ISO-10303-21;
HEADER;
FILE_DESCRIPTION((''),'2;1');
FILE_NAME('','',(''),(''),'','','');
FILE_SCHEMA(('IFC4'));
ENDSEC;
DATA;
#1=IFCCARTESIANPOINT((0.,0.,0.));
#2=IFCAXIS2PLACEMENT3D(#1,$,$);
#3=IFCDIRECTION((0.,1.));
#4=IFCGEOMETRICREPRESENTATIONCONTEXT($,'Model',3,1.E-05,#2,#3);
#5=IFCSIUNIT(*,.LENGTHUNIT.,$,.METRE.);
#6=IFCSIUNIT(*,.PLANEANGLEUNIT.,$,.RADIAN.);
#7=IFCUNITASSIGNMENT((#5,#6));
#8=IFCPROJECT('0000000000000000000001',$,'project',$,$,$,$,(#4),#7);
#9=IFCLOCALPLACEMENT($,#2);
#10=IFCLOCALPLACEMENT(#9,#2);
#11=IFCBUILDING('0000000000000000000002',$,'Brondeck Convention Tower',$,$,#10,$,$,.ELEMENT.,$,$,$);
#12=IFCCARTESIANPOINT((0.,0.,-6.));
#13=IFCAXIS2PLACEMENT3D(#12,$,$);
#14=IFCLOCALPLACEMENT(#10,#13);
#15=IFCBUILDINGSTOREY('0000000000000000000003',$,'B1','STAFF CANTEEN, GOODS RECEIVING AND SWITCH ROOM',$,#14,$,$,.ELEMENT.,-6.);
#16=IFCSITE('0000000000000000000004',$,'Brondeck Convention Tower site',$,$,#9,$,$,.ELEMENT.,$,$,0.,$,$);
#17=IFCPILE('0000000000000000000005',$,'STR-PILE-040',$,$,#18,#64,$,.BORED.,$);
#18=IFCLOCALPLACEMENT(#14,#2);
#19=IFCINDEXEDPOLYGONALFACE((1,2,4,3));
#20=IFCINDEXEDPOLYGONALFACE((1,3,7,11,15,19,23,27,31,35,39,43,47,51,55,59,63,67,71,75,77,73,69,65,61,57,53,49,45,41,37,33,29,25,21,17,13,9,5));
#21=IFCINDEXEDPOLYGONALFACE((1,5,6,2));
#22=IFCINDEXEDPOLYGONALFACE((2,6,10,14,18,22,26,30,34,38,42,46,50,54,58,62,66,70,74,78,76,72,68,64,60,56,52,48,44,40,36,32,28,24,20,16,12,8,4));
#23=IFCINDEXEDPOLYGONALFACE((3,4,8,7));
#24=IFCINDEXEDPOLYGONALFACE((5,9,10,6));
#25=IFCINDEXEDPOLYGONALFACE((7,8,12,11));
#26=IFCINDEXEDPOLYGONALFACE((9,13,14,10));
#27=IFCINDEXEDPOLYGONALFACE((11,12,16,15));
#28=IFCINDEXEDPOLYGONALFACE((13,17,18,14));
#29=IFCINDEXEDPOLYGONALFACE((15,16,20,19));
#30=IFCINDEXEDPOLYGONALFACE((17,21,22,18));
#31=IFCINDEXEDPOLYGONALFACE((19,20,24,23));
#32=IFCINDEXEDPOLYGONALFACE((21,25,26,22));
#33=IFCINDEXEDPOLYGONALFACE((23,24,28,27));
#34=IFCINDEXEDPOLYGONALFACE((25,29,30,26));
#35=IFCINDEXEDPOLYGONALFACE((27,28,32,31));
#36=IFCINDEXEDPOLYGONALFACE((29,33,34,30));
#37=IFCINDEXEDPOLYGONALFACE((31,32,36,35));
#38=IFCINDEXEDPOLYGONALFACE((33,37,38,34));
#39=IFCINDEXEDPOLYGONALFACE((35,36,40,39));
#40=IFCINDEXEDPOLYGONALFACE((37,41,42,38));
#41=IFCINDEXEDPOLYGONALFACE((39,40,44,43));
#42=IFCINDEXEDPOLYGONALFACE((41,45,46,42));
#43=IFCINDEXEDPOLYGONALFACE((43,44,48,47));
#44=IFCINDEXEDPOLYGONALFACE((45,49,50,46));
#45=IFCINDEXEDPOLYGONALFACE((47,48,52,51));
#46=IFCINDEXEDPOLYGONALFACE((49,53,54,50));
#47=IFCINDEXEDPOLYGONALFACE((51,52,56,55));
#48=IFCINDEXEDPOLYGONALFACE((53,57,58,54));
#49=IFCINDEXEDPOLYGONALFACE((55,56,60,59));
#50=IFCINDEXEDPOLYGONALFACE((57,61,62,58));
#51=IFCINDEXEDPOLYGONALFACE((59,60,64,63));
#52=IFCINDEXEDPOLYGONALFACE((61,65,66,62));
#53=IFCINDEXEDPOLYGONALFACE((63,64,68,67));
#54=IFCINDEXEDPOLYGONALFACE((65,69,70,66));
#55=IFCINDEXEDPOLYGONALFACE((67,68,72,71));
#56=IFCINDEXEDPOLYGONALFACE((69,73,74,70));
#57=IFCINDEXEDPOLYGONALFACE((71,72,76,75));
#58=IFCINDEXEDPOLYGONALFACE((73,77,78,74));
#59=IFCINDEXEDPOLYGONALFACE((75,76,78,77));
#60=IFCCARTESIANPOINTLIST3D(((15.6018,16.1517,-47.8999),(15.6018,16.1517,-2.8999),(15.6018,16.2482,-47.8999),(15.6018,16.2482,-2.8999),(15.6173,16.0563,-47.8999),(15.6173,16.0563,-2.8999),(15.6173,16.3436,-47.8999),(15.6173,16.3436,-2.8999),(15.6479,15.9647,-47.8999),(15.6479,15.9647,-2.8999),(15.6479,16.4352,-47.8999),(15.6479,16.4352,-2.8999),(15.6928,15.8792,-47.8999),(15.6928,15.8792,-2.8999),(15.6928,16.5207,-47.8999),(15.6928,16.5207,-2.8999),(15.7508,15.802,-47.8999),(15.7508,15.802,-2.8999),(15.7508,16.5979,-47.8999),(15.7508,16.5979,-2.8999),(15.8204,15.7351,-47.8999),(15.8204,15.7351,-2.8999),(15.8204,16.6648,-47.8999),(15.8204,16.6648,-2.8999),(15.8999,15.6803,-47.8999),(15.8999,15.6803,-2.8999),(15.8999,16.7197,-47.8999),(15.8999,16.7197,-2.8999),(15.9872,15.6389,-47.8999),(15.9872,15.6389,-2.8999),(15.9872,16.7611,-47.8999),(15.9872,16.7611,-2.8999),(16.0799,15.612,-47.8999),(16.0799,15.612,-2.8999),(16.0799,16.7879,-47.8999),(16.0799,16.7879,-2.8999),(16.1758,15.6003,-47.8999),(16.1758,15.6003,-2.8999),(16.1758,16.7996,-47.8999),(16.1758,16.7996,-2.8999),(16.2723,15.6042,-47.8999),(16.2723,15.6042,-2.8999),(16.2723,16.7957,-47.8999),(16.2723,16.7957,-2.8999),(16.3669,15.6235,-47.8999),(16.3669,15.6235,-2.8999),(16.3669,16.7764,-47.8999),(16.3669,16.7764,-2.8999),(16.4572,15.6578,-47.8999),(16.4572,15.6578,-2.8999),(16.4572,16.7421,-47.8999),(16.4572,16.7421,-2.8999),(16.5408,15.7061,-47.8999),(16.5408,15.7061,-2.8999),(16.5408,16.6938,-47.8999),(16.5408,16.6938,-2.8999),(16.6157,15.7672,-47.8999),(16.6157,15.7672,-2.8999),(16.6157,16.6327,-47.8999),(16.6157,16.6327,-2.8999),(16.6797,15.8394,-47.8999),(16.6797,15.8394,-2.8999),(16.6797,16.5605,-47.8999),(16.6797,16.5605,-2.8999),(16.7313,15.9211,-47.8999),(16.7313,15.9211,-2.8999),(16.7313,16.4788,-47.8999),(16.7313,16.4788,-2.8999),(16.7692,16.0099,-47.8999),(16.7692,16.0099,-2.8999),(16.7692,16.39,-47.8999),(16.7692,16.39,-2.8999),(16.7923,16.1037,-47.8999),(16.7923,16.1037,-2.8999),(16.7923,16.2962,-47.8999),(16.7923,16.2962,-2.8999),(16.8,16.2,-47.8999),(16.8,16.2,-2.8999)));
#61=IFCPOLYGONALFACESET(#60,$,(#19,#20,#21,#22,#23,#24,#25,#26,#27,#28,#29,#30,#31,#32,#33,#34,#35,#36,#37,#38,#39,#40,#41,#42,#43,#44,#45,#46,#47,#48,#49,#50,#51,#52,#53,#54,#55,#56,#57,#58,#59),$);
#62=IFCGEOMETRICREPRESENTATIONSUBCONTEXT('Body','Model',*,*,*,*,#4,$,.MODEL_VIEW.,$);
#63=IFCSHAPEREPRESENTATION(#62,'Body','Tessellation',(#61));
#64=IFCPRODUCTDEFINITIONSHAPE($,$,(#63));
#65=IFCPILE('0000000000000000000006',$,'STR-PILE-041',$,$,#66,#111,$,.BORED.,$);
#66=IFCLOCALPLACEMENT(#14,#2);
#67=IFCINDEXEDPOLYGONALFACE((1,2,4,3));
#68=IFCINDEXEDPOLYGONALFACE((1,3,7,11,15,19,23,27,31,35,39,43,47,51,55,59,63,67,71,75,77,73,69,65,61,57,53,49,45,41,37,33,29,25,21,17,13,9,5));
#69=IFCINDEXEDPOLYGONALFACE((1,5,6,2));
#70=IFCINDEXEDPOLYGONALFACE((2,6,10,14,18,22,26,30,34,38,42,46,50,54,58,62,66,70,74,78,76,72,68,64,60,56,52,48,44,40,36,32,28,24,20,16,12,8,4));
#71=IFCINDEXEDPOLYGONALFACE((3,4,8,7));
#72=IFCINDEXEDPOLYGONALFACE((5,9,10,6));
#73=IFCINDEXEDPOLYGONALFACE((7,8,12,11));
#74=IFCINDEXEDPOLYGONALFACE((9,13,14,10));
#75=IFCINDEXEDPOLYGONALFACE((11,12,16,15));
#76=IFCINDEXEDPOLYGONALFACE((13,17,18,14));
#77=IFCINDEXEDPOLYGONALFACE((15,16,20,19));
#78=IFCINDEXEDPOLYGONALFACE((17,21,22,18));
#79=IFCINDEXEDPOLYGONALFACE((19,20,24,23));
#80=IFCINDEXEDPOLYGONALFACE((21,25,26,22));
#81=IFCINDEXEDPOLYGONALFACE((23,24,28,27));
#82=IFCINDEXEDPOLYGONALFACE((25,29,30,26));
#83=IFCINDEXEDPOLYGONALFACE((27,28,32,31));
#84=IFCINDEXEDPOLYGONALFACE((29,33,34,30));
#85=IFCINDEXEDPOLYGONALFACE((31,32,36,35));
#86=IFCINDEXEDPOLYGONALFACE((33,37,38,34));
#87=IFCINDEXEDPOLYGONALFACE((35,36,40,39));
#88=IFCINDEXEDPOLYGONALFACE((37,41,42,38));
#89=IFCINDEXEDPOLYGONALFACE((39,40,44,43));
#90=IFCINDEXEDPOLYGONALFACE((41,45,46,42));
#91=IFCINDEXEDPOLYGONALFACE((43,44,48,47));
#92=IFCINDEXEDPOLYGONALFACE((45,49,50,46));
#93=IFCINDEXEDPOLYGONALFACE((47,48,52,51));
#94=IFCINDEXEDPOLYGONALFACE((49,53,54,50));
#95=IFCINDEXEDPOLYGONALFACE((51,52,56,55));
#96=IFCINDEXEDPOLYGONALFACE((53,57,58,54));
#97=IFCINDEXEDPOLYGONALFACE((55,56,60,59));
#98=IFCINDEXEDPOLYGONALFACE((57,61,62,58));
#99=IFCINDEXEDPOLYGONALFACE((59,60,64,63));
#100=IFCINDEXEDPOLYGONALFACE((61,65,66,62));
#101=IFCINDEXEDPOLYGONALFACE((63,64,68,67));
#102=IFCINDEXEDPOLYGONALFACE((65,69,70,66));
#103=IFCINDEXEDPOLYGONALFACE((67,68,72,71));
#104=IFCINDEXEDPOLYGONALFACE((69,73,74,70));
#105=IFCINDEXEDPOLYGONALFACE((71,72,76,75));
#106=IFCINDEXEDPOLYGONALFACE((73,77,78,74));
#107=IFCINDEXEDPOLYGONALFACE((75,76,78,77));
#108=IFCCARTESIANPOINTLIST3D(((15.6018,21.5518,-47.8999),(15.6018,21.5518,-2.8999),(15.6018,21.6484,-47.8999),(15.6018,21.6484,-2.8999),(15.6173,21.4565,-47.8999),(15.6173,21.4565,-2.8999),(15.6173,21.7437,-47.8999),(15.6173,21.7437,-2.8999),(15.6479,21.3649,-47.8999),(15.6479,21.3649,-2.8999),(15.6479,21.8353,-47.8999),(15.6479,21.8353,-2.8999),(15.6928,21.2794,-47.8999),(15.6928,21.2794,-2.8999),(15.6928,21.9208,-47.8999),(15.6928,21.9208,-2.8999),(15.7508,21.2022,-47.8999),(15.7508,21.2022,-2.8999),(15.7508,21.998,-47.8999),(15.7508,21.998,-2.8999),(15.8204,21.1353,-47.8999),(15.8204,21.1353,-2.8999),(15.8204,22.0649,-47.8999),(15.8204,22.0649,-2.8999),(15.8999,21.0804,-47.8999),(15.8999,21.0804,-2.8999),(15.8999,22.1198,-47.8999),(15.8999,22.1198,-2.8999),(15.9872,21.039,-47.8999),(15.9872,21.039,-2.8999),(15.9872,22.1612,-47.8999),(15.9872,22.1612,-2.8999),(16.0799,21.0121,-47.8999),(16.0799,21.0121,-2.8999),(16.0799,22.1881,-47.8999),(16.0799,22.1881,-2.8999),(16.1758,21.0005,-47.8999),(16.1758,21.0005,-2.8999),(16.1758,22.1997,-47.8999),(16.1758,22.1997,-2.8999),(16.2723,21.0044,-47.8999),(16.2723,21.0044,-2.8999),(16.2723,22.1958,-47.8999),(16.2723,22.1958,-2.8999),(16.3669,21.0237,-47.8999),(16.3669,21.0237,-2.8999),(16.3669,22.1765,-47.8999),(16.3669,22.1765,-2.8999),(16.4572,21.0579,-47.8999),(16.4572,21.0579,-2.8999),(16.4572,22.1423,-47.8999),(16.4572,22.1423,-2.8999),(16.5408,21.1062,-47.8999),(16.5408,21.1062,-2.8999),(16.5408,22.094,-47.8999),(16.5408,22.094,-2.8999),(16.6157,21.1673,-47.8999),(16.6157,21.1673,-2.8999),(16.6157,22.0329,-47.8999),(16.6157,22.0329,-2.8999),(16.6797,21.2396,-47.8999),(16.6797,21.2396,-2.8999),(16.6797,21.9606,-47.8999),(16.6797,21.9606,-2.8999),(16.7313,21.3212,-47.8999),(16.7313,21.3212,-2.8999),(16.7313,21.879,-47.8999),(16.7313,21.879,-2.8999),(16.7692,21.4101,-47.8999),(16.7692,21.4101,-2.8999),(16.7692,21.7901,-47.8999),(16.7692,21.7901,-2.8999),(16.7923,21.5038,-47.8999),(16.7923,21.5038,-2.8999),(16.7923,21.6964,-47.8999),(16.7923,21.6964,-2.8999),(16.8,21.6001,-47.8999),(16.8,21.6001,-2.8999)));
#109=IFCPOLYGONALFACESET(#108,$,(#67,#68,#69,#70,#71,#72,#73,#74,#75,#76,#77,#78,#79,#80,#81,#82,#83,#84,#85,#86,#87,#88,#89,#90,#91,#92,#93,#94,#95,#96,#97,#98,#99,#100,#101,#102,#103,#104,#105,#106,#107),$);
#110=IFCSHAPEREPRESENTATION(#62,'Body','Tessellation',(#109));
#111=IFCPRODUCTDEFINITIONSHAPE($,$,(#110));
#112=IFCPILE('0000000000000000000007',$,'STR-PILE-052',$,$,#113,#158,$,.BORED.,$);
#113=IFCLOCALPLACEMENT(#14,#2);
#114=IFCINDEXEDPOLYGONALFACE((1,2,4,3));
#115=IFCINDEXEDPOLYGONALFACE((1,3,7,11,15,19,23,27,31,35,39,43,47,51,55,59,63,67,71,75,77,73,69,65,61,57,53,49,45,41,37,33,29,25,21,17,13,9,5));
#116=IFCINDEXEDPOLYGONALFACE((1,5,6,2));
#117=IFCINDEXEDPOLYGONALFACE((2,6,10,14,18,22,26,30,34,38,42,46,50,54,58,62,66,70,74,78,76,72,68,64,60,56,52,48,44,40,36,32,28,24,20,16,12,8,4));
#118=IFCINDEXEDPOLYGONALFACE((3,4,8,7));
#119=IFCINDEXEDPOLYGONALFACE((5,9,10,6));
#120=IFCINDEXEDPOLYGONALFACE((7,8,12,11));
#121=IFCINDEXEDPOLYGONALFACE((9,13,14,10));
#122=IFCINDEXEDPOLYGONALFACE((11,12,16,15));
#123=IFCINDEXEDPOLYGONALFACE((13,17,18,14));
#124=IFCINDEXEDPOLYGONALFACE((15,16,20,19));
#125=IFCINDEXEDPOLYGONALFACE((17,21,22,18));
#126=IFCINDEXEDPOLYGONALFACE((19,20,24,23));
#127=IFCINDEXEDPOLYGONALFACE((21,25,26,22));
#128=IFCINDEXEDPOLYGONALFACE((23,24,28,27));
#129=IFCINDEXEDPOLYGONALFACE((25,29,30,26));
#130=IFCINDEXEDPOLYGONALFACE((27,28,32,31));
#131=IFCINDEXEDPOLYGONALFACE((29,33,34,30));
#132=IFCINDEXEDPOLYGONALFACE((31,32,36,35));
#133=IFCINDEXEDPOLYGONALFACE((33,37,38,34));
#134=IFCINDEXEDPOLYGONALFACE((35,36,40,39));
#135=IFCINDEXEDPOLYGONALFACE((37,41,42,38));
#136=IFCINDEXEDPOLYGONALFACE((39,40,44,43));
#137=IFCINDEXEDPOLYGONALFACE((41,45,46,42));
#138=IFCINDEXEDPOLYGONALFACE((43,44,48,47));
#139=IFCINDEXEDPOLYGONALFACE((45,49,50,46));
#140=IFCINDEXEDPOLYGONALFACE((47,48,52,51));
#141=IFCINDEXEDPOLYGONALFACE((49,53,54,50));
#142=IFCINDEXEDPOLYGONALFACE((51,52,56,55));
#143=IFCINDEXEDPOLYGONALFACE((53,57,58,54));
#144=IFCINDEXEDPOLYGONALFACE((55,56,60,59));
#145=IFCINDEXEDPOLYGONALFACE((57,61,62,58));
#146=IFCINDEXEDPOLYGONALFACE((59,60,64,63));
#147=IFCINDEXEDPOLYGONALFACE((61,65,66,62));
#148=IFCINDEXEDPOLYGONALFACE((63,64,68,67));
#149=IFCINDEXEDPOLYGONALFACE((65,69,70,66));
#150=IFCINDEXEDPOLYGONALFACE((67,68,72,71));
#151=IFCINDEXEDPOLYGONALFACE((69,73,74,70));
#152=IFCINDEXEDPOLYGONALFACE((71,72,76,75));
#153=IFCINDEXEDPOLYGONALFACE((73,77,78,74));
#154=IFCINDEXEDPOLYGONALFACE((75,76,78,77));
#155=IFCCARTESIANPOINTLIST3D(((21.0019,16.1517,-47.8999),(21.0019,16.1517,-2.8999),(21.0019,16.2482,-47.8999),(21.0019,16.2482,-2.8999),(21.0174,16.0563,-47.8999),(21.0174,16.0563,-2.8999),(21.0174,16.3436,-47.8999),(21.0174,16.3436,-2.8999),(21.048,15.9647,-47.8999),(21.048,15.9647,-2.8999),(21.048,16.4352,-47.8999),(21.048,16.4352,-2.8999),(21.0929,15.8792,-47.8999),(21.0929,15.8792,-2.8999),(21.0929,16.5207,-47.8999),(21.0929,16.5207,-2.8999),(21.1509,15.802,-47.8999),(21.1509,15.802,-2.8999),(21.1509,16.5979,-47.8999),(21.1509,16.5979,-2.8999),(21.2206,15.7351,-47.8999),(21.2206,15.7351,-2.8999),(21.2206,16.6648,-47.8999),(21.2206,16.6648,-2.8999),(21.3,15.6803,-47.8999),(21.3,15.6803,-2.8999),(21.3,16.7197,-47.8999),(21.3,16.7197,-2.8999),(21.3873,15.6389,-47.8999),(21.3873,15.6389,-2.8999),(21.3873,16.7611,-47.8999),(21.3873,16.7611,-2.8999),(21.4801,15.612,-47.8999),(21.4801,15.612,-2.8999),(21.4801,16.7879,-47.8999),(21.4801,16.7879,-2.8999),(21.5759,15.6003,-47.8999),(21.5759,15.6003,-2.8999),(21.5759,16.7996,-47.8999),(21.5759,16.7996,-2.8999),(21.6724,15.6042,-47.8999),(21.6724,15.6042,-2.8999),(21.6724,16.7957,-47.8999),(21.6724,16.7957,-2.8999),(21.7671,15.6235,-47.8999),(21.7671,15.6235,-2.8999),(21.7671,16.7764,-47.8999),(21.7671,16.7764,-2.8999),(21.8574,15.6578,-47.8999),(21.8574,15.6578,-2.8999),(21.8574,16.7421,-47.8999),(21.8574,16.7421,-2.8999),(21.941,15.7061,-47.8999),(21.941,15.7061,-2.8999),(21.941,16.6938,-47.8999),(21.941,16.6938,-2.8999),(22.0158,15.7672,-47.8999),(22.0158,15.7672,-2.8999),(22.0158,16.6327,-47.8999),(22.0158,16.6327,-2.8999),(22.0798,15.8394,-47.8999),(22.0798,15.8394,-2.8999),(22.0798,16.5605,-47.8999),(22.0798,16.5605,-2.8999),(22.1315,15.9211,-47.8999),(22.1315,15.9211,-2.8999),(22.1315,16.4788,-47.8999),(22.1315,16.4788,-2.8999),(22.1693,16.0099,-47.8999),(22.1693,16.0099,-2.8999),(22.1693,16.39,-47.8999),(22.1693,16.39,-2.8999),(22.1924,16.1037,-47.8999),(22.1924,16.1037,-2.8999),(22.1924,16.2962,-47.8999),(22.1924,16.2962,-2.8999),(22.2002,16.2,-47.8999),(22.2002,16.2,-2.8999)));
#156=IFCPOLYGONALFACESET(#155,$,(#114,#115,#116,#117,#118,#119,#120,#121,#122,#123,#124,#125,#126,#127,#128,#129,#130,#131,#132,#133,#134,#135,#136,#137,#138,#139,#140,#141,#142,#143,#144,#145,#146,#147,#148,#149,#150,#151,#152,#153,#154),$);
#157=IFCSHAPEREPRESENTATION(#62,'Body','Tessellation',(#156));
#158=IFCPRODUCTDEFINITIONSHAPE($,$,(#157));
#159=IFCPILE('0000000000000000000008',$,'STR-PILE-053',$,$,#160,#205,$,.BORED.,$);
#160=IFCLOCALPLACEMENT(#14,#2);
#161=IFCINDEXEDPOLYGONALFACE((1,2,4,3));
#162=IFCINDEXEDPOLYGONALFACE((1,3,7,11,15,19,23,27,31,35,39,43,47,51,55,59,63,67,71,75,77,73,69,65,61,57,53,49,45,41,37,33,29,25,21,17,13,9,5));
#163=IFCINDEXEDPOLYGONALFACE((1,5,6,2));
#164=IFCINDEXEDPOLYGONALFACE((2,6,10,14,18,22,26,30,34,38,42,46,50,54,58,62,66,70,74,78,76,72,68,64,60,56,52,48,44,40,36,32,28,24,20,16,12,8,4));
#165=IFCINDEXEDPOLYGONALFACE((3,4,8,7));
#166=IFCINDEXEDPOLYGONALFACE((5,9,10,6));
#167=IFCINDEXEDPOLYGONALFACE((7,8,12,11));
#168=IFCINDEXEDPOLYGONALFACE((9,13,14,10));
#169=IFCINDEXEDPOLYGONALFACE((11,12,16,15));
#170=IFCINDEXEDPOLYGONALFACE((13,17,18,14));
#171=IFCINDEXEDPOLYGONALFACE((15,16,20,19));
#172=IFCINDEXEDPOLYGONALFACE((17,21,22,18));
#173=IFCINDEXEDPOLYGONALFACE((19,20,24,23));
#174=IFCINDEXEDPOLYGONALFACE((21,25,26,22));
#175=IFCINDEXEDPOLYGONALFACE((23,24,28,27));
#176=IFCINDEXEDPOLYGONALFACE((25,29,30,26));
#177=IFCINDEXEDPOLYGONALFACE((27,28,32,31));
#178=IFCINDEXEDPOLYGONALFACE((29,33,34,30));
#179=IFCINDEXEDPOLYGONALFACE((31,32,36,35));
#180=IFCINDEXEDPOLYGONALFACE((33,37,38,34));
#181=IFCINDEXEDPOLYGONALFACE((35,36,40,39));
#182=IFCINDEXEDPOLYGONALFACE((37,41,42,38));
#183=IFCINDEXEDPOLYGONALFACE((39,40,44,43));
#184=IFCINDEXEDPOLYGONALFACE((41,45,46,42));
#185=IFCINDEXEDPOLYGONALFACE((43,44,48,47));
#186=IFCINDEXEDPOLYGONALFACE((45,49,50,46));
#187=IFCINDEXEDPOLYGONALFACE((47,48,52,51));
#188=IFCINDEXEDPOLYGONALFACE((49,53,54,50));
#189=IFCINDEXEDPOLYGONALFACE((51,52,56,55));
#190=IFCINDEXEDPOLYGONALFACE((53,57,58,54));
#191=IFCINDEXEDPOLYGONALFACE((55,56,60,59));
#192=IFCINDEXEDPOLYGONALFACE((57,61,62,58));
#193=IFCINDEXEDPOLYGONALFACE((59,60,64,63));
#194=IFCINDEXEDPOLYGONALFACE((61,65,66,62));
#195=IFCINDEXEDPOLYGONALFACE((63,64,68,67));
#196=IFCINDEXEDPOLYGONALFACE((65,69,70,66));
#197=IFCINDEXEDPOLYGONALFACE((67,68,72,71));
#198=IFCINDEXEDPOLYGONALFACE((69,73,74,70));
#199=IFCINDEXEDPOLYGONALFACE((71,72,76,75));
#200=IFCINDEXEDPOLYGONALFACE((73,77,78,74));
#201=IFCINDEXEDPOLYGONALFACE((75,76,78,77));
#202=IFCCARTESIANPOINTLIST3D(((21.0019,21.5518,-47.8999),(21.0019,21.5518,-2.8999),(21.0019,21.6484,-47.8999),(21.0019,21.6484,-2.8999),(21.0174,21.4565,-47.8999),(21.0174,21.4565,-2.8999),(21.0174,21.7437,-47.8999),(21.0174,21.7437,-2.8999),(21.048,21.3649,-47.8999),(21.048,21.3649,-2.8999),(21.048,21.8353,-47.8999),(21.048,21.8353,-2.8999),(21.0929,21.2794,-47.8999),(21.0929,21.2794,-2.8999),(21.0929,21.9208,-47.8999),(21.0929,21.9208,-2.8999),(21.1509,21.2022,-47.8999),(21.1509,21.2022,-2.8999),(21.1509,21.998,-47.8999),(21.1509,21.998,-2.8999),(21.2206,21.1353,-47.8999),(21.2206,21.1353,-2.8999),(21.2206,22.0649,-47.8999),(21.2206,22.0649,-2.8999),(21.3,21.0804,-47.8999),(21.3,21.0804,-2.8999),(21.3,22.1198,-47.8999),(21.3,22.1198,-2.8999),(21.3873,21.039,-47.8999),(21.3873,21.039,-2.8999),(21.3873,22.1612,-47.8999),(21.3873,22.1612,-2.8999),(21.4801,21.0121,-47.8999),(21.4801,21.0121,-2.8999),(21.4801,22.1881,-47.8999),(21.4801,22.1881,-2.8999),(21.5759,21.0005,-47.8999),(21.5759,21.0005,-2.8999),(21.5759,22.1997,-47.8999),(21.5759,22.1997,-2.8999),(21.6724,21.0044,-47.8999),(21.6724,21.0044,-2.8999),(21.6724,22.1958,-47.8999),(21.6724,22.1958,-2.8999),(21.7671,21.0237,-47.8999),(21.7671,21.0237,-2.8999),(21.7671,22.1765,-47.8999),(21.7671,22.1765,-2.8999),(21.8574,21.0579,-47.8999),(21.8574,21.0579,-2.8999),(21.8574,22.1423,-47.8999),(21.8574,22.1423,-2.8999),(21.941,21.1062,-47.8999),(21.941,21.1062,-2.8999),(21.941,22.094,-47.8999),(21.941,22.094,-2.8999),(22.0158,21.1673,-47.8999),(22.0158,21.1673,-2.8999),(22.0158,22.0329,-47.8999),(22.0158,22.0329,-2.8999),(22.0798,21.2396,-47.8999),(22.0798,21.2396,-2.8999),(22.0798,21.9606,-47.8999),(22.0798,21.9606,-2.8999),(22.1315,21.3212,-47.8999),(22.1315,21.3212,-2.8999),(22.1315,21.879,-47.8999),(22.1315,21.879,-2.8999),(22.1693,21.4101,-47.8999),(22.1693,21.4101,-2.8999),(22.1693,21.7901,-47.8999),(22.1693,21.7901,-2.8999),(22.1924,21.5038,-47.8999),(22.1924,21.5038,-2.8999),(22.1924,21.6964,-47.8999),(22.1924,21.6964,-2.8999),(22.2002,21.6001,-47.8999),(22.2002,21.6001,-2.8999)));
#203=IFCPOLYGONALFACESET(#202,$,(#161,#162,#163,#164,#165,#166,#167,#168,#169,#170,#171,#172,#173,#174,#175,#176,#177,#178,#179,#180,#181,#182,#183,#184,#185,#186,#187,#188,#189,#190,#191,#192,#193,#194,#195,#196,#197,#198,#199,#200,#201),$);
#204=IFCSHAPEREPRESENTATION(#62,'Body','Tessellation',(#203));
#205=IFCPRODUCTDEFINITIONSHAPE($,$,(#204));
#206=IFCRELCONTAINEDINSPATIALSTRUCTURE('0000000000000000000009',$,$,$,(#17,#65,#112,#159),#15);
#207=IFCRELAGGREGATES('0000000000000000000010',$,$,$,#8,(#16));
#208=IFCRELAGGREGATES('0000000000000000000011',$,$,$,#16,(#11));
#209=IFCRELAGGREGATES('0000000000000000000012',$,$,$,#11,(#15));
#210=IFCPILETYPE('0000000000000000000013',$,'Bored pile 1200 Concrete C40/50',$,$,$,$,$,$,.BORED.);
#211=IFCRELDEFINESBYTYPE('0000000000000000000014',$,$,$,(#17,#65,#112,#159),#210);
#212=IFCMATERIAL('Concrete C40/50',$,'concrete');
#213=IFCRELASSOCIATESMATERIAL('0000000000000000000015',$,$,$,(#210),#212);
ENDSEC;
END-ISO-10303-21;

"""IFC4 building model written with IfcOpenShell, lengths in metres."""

from ifc_helpers import new_model, si_unit, direction, frame, origin, origin_2d, place, context, subcontext, project, spatial, circle, extrude, material, material_profile, profile_set, type_object, element, save


model = new_model("IFC4")

# Units and contexts
model_context = context("Model", 3, precision=1e-05, world=origin(), true_north=direction((0.0, 1.0)))
body_context = subcontext(model_context, "Body", "Model", "MODEL_VIEW")
ifc_project = project(units=[si_unit("LENGTHUNIT", "METRE"), si_unit("PLANEANGLEUNIT", "RADIAN")], contexts=[model_context])

# Site, building, storey
site_placement = place(None, origin())
site = spatial("IfcSite", under=ifc_project, at=site_placement, Name="Brondeck Convention Tower site", CompositionType="ELEMENT", RefElevation=0.0)
building_placement = place(site_placement, origin())
building = spatial("IfcBuilding", under=site, at=building_placement, Name="Brondeck Convention Tower", CompositionType="ELEMENT")
storey_placement = place(building_placement, frame((0.0, 0.0, -6.0)))
storey = spatial("IfcBuildingStorey", under=building, at=storey_placement, Name="B1", Description="STAFF CANTEEN, GOODS RECEIVING AND SWITCH ROOM", CompositionType="ELEMENT", Elevation=-6.0)

# Piles
ifc_material_1 = material(Name="Concrete C40/50", Category="concrete")
ifc_material_profile_1 = material_profile(ifc_material_1, circle(Radius=0.6001, at=origin_2d()), Name="Bored pile 1200 Concrete C40/50")
ifc_profile_set_1 = profile_set([ifc_material_profile_1], Name="Concrete C40/50")
pile_type = type_object("IfcPileType", Name="Bored pile 1200 Concrete C40/50", PredefinedType="BORED", material=ifc_profile_set_1)
for number, where, z_axis, x_axis, name in (
    (1, (16.2, 16.2, -2.8999), (0.0, 0.0, -1.0), (1.0, 0.0, 0.0), "STR-PILE-040"),
    (2, (16.2, 21.6001, -2.8999), (0.0, 0.0, -1.0), (1.0, 0.0, 0.0), "STR-PILE-041"),
    (3, (21.6001, 16.2, -2.8999), (0.0, 0.0, -1.0), (1.0, 0.0, 0.0), "STR-PILE-052"),
    (4, (21.6001, 21.6001, -2.8999), (0.0, 0.0, -1.0), (1.0, 0.0, 0.0), "STR-PILE-053"),
):
    element("IfcPile", number, at=place(storey_placement, frame(where, z_axis=z_axis, x_axis=x_axis)), inside=storey, type_object=pile_type, Name=name, PredefinedType="BORED", context=body_context, shape_type="SweptSolid", body=[
        extrude(circle(Radius=0.6001, at=origin_2d()), origin(), (0.0, 0.0, 1.0), 45.0),
    ])

save(model, "model.ifc")
